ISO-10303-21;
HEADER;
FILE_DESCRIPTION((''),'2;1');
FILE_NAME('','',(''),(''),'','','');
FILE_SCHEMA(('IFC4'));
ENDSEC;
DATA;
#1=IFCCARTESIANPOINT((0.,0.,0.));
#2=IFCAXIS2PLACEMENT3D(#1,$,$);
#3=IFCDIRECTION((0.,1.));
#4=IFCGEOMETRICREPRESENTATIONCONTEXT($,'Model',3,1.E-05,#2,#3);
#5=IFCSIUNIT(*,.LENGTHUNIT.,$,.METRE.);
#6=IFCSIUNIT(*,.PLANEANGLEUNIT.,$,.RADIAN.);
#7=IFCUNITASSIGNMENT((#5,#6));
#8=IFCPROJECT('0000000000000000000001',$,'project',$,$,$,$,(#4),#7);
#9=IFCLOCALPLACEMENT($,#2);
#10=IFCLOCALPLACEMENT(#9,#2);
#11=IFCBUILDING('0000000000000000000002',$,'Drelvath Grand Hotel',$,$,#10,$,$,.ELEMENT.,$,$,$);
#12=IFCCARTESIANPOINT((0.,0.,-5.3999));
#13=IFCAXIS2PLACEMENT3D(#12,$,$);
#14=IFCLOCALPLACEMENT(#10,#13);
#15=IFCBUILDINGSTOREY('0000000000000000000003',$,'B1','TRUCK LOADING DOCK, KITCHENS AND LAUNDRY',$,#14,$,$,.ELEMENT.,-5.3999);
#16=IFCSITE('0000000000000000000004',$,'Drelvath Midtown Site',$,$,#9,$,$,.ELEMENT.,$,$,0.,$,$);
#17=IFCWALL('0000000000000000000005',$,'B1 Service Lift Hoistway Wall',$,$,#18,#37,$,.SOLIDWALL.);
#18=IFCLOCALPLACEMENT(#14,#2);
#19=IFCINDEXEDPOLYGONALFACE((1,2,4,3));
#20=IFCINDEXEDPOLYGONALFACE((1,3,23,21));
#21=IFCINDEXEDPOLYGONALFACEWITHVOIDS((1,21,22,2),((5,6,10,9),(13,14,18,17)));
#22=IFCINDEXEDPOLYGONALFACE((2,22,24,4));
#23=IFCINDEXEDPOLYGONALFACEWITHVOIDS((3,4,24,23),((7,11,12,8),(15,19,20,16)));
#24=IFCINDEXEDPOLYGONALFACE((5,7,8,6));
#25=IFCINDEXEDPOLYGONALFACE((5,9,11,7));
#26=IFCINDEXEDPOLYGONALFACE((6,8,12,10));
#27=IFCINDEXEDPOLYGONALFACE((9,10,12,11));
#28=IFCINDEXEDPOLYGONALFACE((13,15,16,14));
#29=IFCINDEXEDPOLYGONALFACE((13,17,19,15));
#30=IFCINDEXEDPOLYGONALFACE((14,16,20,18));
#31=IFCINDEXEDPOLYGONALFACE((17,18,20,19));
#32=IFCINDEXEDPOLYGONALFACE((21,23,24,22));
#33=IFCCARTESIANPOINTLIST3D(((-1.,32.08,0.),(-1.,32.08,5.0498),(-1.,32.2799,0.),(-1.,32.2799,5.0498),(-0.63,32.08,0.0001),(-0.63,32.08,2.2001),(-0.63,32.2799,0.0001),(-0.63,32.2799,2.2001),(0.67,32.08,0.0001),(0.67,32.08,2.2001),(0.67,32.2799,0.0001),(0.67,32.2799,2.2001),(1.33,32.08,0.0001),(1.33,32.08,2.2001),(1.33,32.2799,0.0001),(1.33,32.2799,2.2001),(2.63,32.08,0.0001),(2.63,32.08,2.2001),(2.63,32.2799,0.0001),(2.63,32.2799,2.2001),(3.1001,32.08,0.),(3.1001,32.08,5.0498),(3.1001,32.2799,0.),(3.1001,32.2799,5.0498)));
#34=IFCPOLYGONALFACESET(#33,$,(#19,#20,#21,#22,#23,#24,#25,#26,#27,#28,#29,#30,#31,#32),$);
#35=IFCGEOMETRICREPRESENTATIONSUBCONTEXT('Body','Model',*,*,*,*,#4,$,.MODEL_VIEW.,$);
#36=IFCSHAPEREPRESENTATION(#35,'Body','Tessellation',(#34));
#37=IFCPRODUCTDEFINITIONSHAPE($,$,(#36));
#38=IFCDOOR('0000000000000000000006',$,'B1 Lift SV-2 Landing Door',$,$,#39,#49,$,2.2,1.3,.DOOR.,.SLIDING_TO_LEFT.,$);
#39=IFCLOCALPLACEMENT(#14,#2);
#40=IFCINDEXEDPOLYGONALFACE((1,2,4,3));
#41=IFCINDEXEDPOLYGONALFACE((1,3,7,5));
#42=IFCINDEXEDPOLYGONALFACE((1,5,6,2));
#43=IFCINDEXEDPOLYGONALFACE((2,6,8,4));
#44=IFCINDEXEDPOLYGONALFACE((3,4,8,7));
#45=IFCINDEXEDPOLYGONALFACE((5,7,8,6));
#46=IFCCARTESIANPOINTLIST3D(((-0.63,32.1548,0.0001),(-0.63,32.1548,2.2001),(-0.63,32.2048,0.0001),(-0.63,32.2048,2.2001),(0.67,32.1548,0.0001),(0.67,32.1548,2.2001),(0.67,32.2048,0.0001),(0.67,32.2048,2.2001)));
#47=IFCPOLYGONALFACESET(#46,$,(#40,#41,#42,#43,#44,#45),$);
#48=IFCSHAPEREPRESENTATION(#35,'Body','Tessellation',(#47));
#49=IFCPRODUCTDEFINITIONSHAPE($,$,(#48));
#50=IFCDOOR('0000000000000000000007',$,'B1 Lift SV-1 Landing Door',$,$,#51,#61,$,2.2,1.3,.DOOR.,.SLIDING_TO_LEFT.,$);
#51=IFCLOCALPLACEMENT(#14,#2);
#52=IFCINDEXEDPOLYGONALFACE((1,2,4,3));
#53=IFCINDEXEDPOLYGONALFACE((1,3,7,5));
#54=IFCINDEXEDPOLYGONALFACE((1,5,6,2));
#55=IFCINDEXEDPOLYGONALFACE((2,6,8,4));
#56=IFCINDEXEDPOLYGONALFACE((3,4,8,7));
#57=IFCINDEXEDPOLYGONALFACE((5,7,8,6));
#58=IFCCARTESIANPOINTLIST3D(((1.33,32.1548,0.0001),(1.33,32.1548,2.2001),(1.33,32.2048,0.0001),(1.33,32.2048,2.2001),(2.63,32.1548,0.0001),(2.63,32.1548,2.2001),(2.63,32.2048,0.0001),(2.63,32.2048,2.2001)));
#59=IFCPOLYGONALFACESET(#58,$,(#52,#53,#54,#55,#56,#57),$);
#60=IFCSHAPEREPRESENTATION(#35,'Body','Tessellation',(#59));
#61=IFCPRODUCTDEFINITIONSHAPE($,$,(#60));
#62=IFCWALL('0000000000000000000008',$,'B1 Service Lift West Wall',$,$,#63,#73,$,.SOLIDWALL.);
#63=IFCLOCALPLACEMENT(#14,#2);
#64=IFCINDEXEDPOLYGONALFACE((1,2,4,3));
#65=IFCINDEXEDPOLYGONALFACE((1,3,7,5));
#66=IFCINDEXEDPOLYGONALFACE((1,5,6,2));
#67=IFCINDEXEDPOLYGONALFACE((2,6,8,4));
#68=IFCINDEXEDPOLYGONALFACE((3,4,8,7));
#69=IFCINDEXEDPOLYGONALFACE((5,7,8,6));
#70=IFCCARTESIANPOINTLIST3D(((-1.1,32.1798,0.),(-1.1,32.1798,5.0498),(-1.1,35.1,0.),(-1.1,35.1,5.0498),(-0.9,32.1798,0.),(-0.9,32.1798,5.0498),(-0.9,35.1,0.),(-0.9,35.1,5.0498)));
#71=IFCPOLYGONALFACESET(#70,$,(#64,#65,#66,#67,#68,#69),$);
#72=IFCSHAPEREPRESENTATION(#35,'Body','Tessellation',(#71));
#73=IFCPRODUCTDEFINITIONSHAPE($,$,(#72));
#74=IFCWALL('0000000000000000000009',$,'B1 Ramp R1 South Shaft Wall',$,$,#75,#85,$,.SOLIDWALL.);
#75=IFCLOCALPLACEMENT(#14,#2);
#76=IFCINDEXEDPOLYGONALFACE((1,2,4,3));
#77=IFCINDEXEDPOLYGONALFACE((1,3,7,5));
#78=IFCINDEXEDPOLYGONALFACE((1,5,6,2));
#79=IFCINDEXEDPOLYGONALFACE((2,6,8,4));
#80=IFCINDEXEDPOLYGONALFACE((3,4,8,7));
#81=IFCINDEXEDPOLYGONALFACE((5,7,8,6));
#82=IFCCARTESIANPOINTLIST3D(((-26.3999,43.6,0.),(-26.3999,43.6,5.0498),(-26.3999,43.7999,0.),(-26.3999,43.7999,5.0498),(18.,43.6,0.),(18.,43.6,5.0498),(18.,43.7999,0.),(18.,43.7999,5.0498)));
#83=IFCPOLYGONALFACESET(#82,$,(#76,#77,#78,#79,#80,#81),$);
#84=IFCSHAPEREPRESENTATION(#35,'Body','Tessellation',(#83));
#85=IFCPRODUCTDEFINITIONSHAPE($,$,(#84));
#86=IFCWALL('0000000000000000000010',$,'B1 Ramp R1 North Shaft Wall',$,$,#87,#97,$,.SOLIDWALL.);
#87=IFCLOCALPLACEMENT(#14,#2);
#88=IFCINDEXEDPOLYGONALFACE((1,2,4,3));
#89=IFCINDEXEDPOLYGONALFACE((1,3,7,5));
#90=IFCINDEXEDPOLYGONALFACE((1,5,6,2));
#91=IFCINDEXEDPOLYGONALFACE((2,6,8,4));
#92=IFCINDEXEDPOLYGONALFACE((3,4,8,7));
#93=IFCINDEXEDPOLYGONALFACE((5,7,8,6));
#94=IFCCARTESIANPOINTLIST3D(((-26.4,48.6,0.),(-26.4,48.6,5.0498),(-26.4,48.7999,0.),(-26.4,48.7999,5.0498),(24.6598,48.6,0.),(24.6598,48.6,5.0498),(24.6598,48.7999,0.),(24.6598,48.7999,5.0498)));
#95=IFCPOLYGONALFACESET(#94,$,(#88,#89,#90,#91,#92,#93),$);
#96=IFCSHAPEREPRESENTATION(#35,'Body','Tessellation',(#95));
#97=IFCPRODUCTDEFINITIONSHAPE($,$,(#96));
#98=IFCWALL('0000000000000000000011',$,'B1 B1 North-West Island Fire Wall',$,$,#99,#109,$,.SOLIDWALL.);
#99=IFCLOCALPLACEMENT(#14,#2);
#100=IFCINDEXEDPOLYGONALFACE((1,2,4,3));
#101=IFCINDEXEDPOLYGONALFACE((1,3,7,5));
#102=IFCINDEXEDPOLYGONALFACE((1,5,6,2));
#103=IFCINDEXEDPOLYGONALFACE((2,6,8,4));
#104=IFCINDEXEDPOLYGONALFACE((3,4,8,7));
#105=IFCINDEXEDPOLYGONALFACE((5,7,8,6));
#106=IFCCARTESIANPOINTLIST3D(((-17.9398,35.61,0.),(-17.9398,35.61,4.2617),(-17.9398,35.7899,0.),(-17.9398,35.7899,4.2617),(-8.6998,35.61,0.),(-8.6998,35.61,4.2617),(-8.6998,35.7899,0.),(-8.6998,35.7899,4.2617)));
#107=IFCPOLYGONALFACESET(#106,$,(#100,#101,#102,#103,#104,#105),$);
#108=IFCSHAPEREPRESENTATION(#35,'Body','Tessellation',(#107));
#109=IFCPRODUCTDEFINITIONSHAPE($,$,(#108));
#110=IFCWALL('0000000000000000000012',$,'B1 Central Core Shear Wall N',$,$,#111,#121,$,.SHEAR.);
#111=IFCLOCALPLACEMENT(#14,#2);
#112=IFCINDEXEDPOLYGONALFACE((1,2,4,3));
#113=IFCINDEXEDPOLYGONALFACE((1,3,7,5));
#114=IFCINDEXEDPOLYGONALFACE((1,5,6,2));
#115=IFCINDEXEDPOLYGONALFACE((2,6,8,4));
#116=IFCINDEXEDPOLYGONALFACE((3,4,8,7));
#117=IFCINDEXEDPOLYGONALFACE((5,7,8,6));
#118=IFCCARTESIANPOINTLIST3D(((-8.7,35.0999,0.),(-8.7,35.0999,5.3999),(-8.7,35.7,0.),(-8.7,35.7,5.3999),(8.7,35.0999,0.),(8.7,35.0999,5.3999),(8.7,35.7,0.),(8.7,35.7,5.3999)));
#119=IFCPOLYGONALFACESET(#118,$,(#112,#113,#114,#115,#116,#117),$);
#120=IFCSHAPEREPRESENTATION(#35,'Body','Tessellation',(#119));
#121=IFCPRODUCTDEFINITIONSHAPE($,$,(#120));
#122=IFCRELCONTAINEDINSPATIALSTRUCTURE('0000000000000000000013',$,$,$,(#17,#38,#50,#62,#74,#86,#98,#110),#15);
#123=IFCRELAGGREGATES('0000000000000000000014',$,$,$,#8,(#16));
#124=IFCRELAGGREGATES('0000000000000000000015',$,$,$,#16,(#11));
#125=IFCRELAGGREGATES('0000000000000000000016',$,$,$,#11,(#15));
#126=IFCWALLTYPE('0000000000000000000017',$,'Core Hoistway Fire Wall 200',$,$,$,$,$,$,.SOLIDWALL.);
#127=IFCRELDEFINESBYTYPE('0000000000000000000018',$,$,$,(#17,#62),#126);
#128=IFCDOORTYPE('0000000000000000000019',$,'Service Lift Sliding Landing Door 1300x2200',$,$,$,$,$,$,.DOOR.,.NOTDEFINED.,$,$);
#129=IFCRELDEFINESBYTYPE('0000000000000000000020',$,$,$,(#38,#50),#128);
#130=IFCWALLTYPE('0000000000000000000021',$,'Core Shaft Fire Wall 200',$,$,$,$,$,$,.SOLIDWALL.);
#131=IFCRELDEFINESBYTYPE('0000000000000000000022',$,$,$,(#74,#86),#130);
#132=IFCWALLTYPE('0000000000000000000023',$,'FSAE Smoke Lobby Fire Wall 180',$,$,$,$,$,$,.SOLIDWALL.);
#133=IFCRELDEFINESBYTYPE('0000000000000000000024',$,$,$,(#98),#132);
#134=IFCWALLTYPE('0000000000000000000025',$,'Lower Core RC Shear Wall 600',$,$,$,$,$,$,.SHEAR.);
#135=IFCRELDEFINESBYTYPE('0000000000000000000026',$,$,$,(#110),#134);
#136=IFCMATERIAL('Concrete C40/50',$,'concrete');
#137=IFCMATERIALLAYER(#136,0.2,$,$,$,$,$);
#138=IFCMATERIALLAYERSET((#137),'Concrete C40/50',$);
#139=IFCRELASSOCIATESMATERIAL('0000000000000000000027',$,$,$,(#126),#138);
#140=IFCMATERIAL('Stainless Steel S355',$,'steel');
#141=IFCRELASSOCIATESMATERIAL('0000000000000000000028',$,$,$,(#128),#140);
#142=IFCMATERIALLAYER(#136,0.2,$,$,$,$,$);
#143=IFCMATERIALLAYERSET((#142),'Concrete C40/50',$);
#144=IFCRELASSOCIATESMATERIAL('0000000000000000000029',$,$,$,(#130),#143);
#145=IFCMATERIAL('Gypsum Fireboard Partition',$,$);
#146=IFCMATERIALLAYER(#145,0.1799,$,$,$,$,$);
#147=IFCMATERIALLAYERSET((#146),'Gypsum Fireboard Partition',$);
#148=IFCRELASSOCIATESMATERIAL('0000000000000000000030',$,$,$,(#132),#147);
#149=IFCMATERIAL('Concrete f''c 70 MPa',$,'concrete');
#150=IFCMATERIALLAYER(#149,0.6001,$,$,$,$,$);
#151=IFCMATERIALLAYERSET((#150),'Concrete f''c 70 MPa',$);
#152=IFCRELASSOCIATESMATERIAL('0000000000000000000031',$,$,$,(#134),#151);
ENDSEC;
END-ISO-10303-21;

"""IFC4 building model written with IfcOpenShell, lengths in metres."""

from ifc_helpers import new_model, si_unit, direction, frame, frame_2d, origin, place, context, subcontext, project, spatial, rectangle, extrude, material, layer, layer_set, type_object, element, fill, save


model = new_model("IFC4")

# Units and contexts
model_context = context("Model", 3, precision=1e-05, world=origin(), true_north=direction((0.0, 1.0)))
body_context = subcontext(model_context, "Body", "Model", "MODEL_VIEW")
ifc_project = project(units=[si_unit("LENGTHUNIT", "METRE"), si_unit("PLANEANGLEUNIT", "RADIAN")], contexts=[model_context])

# Site, building, storey
site_placement = place(None, origin())
site = spatial("IfcSite", under=ifc_project, at=site_placement, Name="Drelvath Midtown Site", CompositionType="ELEMENT", RefElevation=0.0)
building_placement = place(site_placement, origin())
building = spatial("IfcBuilding", under=site, at=building_placement, Name="Drelvath Grand Hotel", CompositionType="ELEMENT")
storey_placement = place(building_placement, frame((0.0, 0.0, -5.3999)))
storey = spatial("IfcBuildingStorey", under=building, at=storey_placement, Name="B1", Description="TRUCK LOADING DOCK, KITCHENS AND LAUNDRY", CompositionType="ELEMENT", Elevation=-5.3999)

# Shared definitions
ifc_material_1 = material(Name="Concrete f'c 70 MPa", Category="concrete")

# Wall, openings, doors
ifc_material_2 = material(Name="Concrete C40/50", Category="concrete")
ifc_layer_1 = layer(ifc_material_2, 0.2)
ifc_layer_set_1 = layer_set([ifc_layer_1], Name="Concrete C40/50")
wall_type_1 = type_object("IfcWallType", Name="Core Hoistway Fire Wall 200", PredefinedType="SOLIDWALL", material=ifc_layer_set_1)
wall_1_placement = place(storey_placement, frame((-1.0, 32.1799, 0.0), z_axis=(0.0, 0.0, 1.0), x_axis=(1.0, 0.0, 0.0)))
wall_1 = element("IfcWall", 1, at=wall_1_placement, inside=storey, type_object=wall_type_1, Name="B1 Service Lift Hoistway Wall", PredefinedType="SOLIDWALL", context=body_context, shape_type="SweptSolid", body=[
    extrude(rectangle(XDim=4.1001, YDim=0.2, at=frame_2d((2.05, 0.0))), origin(), (0.0, 0.0, 1.0), 5.0498),
])
opening_1_placement = place(wall_1_placement, frame((0.3701, 0.0, 0.0)))
opening_1 = element("IfcOpeningElement", 2, at=opening_1_placement, cuts=wall_1, PredefinedType="OPENING", context=body_context, shape_type="SweptSolid", body=[
    extrude(rectangle(XDim=1.3, YDim=2.2, at=frame_2d((0.6499, 1.1001))), frame((0.0, 0.1099, 0.0), z_axis=(0.0, -1.0, 0.0), x_axis=(1.0, 0.0, 0.0)), (0.0, 0.0, 1.0), 0.22),
])
opening_2_placement = place(wall_1_placement, frame((2.3301, 0.0, 0.0)))
opening_2 = element("IfcOpeningElement", 3, at=opening_2_placement, cuts=wall_1, PredefinedType="OPENING", context=body_context, shape_type="SweptSolid", body=[
    extrude(rectangle(XDim=1.3, YDim=2.2, at=frame_2d((0.6499, 1.1001))), frame((0.0, 0.1099, 0.0), z_axis=(0.0, -1.0, 0.0), x_axis=(1.0, 0.0, 0.0)), (0.0, 0.0, 1.0), 0.22),
])
ifc_material_3 = material(Name="Stainless Steel S355", Category="steel")
door_type = type_object("IfcDoorType", Name="Service Lift Sliding Landing Door 1300x2200", OperationType="NOTDEFINED", PredefinedType="DOOR", material=ifc_material_3)
door_1_placement = place(opening_1_placement, origin())
door_1 = element("IfcDoor", 4, at=door_1_placement, inside=storey, type_object=door_type, Name="B1 Lift SV-2 Landing Door", OperationType="SLIDING_TO_LEFT", OverallHeight=2.2, OverallWidth=1.3, PredefinedType="DOOR", context=body_context, shape_type="SweptSolid", body=[
    extrude(rectangle(XDim=1.3, YDim=2.2, at=frame_2d((0.6499, 1.1001))), frame((0.0, 0.0249, 0.0), z_axis=(0.0, -1.0, 0.0), x_axis=(1.0, 0.0, 0.0)), (0.0, 0.0, 1.0), 0.05),
])
fill(opening_1, door_1)
door_2_placement = place(opening_2_placement, origin())
door_2 = element("IfcDoor", 5, at=door_2_placement, inside=storey, type_object=door_type, Name="B1 Lift SV-1 Landing Door", OperationType="SLIDING_TO_LEFT", OverallHeight=2.2, OverallWidth=1.3, PredefinedType="DOOR", context=body_context, shape_type="SweptSolid", body=[
    extrude(rectangle(XDim=1.3, YDim=2.2, at=frame_2d((0.6499, 1.1001))), frame((0.0, 0.0249, 0.0), z_axis=(0.0, -1.0, 0.0), x_axis=(1.0, 0.0, 0.0)), (0.0, 0.0, 1.0), 0.05),
])
fill(opening_2, door_2)

# Walls
wall_2_placement = place(storey_placement, frame((-1.0, 32.1799, 0.0), z_axis=(0.0, 0.0, 1.0), x_axis=(0.0, 1.0, 0.0)))
element("IfcWall", 6, at=wall_2_placement, inside=storey, type_object=wall_type_1, Name="B1 Service Lift West Wall", PredefinedType="SOLIDWALL", context=body_context, shape_type="SweptSolid", body=[
    extrude(rectangle(XDim=2.9202, YDim=0.2, at=frame_2d((1.46, 0.0))), origin(), (0.0, 0.0, 1.0), 5.0498),
])
ifc_layer_2 = layer(ifc_material_2, 0.2)
ifc_layer_set_2 = layer_set([ifc_layer_2], Name="Concrete C40/50")
wall_type_2 = type_object("IfcWallType", Name="Core Shaft Fire Wall 200", PredefinedType="SOLIDWALL", material=ifc_layer_set_2)
wall_3_placement = place(storey_placement, frame((-26.3999, 43.7, 0.0), z_axis=(0.0, 0.0, 1.0), x_axis=(1.0, 0.0, 0.0)))
element("IfcWall", 7, at=wall_3_placement, inside=storey, type_object=wall_type_2, Name="B1 Ramp R1 South Shaft Wall", PredefinedType="SOLIDWALL", context=body_context, shape_type="SweptSolid", body=[
    extrude(rectangle(XDim=44.3999, YDim=0.2, at=frame_2d((22.2, 0.0))), origin(), (0.0, 0.0, 1.0), 5.0498),
])
wall_4_placement = place(storey_placement, frame((-26.3999, 48.7, 0.0), z_axis=(0.0, 0.0, 1.0), x_axis=(1.0, 0.0, 0.0)))
element("IfcWall", 8, at=wall_4_placement, inside=storey, type_object=wall_type_2, Name="B1 Ramp R1 North Shaft Wall", PredefinedType="SOLIDWALL", context=body_context, shape_type="SweptSolid", body=[
    extrude(rectangle(XDim=51.0598, YDim=0.2, at=frame_2d((25.5298, 0.0))), origin(), (0.0, 0.0, 1.0), 5.0498),
])
ifc_material_4 = material(Name="Gypsum Fireboard Partition")
ifc_layer_3 = layer(ifc_material_4, 0.1799)
ifc_layer_set_3 = layer_set([ifc_layer_3], Name="Gypsum Fireboard Partition")
wall_type_3 = type_object("IfcWallType", Name="FSAE Smoke Lobby Fire Wall 180", PredefinedType="SOLIDWALL", material=ifc_layer_set_3)
wall_5_placement = place(storey_placement, frame((-17.9399, 35.7, 0.0), z_axis=(0.0, 0.0, 1.0), x_axis=(1.0, 0.0, 0.0)))
element("IfcWall", 9, at=wall_5_placement, inside=storey, type_object=wall_type_3, Name="B1 B1 North-West Island Fire Wall", PredefinedType="SOLIDWALL", context=body_context, shape_type="SweptSolid", body=[
    extrude(rectangle(XDim=9.24, YDim=0.1799, at=frame_2d((4.6201, 0.0))), origin(), (0.0, 0.0, 1.0), 4.2617),
])
ifc_layer_4 = layer(ifc_material_1, 0.6001)
ifc_layer_set_4 = layer_set([ifc_layer_4], Name="Concrete f'c 70 MPa")
wall_type_4 = type_object("IfcWallType", Name="Lower Core RC Shear Wall 600", PredefinedType="SHEAR", material=ifc_layer_set_4)
wall_6_placement = place(storey_placement, frame((-8.7, 35.3999, 0.0), z_axis=(0.0, 0.0, 1.0), x_axis=(1.0, 0.0, 0.0)))
element("IfcWall", 10, at=wall_6_placement, inside=storey, type_object=wall_type_4, Name="B1 Central Core Shear Wall N", PredefinedType="SHEAR", context=body_context, shape_type="SweptSolid", body=[
    extrude(rectangle(XDim=17.3999, YDim=0.6001, at=frame_2d((8.7, 0.0))), origin(), (0.0, 0.0, 1.0), 5.3999),
])

save(model, "model.ifc")
